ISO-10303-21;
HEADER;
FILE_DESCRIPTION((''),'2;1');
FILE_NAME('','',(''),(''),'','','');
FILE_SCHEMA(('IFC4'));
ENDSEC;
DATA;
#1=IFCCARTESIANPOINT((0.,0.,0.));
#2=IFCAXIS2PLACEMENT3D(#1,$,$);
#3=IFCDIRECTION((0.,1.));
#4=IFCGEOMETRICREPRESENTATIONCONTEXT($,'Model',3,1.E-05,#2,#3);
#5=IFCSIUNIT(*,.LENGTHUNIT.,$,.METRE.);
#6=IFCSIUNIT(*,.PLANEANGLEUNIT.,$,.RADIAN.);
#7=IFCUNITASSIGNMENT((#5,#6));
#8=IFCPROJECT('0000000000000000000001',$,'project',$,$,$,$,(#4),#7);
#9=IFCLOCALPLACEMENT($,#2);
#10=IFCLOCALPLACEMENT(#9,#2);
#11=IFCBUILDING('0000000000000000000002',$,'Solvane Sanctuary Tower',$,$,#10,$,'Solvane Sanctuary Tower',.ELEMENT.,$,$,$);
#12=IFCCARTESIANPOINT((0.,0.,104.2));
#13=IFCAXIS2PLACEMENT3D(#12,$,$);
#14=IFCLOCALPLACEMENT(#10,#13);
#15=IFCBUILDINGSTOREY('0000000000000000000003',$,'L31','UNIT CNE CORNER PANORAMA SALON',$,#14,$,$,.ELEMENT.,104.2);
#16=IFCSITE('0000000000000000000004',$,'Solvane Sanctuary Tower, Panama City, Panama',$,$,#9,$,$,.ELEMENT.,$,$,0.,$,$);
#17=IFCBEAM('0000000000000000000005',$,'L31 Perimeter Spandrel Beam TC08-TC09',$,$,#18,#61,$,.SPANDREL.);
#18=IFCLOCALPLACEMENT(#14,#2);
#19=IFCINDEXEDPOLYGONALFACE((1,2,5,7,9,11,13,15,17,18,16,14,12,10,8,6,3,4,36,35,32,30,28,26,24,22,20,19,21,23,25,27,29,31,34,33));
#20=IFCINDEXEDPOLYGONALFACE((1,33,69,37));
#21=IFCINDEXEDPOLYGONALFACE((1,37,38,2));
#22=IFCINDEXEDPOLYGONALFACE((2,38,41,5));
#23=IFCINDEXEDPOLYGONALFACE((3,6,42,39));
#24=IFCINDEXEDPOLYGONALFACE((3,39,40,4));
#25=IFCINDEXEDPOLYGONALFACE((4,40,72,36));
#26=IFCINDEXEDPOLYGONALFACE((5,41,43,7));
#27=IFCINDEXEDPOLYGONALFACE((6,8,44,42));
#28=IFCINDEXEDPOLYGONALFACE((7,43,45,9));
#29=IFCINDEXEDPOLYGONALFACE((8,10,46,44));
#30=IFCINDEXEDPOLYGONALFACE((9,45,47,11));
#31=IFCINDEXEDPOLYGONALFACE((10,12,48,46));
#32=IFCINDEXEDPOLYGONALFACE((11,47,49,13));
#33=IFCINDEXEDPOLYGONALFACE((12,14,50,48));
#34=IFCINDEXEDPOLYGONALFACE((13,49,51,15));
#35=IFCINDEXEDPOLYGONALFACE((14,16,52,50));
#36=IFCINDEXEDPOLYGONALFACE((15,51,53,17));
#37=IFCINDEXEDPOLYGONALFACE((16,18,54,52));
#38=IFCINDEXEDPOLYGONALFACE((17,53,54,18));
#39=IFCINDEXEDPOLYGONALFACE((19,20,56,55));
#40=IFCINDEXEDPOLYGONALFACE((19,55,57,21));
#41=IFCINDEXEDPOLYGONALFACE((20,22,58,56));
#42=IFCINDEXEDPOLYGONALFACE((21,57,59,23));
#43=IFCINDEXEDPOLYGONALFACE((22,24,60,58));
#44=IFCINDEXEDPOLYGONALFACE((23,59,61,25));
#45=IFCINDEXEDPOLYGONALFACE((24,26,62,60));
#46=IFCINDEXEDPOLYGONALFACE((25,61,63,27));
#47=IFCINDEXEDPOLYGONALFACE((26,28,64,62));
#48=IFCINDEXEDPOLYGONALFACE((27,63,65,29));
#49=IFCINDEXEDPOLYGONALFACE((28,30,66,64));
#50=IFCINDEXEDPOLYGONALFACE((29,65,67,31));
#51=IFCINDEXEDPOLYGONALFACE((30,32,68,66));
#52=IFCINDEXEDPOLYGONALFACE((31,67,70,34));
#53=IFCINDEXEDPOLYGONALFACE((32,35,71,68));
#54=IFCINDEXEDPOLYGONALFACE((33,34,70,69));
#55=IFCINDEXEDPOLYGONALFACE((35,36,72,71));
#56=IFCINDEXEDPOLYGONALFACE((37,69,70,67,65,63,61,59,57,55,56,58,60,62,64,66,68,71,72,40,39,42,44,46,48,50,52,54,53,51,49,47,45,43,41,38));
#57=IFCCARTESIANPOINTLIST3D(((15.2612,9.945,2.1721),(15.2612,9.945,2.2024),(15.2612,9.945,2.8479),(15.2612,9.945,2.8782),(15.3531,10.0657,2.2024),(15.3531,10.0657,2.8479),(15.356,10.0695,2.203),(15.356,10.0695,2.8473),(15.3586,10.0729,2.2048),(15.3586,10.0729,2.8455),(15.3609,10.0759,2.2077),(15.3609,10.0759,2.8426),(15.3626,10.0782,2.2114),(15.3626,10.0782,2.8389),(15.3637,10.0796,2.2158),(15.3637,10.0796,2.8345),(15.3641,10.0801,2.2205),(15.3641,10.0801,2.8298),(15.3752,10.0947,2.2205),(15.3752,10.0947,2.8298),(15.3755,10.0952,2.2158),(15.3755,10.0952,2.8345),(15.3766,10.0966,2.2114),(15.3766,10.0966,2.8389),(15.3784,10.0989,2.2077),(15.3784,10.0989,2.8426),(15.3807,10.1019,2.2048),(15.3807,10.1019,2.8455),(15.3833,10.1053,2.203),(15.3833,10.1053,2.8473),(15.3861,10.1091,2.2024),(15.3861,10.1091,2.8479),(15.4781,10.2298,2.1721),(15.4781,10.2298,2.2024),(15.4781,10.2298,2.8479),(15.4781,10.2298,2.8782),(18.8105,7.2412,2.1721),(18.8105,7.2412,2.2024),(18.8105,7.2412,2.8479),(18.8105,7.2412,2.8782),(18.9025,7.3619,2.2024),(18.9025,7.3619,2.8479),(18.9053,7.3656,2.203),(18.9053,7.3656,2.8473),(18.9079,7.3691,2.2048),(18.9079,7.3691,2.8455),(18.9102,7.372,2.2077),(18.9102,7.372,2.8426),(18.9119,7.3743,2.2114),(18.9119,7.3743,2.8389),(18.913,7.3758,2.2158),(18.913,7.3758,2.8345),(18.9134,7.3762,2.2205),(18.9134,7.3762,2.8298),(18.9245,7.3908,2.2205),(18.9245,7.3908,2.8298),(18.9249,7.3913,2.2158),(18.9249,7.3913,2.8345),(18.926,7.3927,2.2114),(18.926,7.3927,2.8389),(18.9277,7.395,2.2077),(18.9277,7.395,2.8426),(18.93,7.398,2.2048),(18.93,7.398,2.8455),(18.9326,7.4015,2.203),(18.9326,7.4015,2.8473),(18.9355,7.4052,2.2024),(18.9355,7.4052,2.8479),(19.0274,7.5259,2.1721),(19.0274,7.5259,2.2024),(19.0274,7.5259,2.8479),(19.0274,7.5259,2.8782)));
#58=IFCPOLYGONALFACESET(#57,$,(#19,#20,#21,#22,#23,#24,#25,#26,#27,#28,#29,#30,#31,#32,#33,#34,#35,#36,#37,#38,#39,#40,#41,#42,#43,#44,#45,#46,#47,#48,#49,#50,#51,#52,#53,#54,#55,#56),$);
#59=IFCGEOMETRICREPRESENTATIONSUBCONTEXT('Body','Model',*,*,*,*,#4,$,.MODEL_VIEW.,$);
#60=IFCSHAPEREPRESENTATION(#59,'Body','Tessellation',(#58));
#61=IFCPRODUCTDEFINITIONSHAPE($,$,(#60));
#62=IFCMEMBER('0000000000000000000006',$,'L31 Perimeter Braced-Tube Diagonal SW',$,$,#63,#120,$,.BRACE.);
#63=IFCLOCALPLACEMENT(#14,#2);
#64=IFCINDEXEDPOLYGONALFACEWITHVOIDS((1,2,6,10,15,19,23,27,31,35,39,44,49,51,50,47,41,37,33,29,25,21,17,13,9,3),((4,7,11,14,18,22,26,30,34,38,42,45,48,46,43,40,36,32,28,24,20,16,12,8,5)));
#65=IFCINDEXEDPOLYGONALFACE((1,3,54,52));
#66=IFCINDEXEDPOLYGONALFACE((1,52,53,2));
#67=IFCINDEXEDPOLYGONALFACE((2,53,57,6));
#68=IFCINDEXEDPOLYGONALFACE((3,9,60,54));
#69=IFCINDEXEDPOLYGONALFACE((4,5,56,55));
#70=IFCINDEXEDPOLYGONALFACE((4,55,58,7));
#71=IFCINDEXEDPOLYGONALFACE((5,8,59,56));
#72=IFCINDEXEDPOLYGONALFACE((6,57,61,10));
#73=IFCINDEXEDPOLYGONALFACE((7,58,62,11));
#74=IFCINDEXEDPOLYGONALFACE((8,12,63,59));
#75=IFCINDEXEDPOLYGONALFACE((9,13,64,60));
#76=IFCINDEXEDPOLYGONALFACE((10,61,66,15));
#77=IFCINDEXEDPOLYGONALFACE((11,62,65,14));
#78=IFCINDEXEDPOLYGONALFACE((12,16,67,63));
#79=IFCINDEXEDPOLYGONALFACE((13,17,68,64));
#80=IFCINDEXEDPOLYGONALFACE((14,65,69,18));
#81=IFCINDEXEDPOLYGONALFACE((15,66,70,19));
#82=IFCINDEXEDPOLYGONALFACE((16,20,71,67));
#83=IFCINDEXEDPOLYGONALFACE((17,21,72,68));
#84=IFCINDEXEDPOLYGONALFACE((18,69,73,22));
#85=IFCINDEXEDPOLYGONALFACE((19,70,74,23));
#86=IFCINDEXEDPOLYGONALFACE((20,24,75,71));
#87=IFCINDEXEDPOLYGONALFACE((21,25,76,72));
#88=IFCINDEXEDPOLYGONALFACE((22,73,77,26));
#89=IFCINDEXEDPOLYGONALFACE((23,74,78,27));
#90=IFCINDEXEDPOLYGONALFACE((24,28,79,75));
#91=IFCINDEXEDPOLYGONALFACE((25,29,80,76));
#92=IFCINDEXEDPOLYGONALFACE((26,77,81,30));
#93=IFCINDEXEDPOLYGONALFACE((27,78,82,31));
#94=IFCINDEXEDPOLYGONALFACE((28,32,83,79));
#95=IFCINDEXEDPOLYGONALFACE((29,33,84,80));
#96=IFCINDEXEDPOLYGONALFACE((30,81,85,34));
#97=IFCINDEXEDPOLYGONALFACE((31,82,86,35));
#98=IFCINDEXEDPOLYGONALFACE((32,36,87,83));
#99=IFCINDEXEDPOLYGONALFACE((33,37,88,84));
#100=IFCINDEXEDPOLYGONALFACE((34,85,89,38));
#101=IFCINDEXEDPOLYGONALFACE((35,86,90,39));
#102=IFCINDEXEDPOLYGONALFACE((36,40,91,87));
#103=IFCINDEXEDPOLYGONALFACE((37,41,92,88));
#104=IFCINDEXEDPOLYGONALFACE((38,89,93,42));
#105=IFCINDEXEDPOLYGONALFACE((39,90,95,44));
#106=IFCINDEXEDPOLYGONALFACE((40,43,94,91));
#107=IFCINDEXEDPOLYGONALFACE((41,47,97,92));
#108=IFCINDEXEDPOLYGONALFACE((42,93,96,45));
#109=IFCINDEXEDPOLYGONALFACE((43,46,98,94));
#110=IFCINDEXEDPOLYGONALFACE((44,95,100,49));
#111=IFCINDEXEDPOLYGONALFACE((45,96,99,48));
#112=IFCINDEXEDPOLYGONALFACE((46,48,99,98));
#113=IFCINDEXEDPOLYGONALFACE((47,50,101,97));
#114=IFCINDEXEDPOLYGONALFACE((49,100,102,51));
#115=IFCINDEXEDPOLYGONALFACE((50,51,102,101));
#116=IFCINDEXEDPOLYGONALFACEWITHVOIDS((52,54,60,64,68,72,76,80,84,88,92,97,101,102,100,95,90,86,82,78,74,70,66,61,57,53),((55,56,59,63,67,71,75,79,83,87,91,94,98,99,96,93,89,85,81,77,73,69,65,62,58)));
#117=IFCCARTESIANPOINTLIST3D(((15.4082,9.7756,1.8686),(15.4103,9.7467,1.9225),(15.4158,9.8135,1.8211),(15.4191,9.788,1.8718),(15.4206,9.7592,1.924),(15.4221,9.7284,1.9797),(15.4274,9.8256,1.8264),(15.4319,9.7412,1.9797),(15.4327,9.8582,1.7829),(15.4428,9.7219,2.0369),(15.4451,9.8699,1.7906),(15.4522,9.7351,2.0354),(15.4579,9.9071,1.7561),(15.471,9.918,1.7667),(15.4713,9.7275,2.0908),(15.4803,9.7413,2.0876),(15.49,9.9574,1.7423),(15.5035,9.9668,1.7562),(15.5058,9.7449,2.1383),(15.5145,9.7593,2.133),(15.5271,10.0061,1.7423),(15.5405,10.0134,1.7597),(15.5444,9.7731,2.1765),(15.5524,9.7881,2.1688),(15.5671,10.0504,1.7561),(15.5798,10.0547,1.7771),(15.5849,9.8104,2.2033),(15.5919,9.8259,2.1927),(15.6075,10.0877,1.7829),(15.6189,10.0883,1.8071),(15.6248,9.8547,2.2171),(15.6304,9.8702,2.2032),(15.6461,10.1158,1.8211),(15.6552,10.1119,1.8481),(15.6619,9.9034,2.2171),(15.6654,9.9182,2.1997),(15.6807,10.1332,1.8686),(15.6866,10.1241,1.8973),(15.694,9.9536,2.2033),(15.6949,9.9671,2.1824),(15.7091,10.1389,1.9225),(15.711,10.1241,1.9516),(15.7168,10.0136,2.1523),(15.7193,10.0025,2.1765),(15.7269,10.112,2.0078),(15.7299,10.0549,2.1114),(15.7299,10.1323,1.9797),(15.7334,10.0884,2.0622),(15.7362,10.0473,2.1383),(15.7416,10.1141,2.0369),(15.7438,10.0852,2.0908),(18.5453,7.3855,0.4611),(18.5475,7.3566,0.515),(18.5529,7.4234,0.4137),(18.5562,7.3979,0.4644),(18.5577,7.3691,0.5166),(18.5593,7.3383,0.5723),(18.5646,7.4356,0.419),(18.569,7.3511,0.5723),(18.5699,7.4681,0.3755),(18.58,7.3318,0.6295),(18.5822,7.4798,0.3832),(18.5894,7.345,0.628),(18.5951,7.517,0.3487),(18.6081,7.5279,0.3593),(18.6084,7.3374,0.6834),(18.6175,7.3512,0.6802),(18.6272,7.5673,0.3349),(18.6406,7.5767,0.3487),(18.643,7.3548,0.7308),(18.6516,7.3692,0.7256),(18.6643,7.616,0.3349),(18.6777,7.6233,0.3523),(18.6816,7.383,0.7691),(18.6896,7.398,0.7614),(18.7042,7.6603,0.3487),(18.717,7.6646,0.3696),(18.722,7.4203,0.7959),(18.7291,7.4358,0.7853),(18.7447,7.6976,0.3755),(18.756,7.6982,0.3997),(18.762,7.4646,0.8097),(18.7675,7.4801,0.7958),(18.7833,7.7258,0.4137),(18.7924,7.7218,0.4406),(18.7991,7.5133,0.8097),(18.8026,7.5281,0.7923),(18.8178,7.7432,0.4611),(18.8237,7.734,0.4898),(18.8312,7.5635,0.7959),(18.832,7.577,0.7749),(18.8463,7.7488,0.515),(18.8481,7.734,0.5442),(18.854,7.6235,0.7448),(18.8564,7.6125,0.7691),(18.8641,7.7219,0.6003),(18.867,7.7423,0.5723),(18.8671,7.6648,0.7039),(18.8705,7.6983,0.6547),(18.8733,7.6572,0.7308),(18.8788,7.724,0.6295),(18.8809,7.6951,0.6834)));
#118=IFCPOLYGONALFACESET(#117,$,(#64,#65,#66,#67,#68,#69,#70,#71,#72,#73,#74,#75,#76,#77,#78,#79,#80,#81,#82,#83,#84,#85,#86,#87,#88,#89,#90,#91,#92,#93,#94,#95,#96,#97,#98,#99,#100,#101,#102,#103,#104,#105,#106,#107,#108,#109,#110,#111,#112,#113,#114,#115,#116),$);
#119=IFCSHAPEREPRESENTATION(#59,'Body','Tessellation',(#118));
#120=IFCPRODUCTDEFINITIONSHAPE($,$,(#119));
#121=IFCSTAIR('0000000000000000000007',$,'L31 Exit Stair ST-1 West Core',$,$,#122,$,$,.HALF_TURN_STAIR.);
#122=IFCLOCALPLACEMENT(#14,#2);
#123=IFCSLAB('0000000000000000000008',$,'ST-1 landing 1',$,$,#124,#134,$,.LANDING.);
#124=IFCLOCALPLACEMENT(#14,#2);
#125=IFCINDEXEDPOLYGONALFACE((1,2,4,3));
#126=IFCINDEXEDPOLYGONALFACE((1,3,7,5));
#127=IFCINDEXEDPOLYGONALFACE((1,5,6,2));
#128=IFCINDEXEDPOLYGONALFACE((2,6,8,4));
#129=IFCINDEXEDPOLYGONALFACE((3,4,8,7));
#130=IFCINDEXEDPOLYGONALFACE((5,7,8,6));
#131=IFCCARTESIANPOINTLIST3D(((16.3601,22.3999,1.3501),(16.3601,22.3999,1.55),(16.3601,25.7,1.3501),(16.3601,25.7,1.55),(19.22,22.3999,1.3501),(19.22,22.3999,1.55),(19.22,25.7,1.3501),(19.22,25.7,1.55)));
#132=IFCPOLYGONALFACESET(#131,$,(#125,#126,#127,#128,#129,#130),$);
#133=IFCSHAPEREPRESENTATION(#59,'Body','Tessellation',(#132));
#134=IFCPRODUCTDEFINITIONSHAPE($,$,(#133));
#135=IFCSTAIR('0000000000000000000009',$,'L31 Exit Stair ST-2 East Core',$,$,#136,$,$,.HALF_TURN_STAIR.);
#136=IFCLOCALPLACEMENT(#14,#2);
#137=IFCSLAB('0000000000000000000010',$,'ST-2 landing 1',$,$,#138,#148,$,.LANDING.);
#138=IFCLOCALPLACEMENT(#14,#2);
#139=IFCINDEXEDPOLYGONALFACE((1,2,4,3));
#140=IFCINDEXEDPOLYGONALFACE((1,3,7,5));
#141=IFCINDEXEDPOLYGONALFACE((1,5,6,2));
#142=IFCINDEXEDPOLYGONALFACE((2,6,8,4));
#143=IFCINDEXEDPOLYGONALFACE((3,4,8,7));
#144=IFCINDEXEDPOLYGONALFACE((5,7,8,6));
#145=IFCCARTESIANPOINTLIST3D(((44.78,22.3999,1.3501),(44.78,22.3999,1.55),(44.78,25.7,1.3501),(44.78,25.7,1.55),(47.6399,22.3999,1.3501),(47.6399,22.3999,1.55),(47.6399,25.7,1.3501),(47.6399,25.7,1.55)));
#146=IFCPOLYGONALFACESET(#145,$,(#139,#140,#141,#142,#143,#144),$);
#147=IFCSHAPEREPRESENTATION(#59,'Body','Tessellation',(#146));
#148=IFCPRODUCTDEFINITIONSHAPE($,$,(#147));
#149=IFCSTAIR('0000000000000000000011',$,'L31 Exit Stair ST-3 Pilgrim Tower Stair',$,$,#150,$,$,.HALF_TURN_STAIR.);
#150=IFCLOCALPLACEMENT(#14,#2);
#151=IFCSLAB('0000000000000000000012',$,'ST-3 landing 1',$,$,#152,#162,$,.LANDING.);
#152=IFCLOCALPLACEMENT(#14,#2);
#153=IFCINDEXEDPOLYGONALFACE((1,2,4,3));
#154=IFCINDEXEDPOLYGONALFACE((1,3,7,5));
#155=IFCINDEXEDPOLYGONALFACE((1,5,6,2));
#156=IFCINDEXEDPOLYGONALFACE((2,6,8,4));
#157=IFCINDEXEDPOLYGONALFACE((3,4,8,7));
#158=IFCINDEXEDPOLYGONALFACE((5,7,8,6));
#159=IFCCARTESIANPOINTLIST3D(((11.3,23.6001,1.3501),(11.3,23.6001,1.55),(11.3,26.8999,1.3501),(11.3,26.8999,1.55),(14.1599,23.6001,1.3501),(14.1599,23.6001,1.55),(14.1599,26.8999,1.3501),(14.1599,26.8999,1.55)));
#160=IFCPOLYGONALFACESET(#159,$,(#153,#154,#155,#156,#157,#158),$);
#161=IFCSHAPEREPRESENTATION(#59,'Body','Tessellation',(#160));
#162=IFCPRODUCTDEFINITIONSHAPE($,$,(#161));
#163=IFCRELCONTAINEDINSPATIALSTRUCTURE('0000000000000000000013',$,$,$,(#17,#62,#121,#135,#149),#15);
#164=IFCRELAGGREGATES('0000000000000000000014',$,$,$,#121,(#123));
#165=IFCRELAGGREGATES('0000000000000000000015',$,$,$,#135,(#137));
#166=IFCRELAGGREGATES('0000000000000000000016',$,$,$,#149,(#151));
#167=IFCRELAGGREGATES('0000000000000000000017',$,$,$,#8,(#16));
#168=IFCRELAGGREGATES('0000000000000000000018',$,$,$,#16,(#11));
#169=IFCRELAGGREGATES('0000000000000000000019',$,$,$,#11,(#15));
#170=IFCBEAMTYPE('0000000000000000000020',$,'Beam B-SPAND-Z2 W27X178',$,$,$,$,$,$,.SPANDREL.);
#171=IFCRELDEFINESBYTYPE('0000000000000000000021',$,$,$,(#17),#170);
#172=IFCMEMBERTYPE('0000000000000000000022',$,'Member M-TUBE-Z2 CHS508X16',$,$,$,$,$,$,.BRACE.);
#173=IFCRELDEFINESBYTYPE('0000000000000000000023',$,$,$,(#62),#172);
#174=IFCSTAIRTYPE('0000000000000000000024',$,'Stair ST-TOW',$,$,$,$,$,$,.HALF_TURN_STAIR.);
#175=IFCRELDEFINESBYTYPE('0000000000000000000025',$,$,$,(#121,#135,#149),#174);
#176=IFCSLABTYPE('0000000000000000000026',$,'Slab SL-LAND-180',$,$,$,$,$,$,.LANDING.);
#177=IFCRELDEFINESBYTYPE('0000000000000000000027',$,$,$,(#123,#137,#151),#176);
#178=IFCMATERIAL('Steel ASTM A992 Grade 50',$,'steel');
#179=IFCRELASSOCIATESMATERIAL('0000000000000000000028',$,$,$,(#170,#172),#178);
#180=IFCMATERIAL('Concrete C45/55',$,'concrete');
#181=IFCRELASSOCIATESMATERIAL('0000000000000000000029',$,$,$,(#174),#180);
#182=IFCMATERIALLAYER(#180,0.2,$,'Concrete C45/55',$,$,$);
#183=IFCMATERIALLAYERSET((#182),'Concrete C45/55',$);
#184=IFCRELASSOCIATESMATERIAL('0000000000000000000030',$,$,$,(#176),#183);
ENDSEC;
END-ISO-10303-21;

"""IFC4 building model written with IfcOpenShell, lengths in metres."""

from ifc_helpers import new_model, si_unit, direction, frame, origin, origin_2d, place, context, subcontext, project, spatial, polyline, hollow_circle, i_section, outline, extrude, material, layer, layer_set, material_profile, profile_set, type_object, element, aggregate, save


model = new_model("IFC4")

# Units and contexts
model_context = context("Model", 3, precision=1e-05, world=origin(), true_north=direction((0.0, 1.0)))
body_context = subcontext(model_context, "Body", "Model", "MODEL_VIEW")
ifc_project = project(units=[si_unit("LENGTHUNIT", "METRE"), si_unit("PLANEANGLEUNIT", "RADIAN")], contexts=[model_context])

# Site, building, storey
site_placement = place(None, origin())
site = spatial("IfcSite", under=ifc_project, at=site_placement, Name="Solvane Sanctuary Tower, Panama City, Panama", CompositionType="ELEMENT", RefElevation=0.0)
building_placement = place(site_placement, origin())
building = spatial("IfcBuilding", under=site, at=building_placement, Name="Solvane Sanctuary Tower", LongName="Solvane Sanctuary Tower", CompositionType="ELEMENT")
storey_placement = place(building_placement, frame((0.0, 0.0, 104.2)))
storey = spatial("IfcBuildingStorey", under=building, at=storey_placement, Name="L31", Description="UNIT CNE CORNER PANORAMA SALON", CompositionType="ELEMENT", Elevation=104.2)

# Beam
ifc_material_1 = material(Name="Steel ASTM A992 Grade 50", Category="steel")
ifc_material_profile_1 = material_profile(ifc_material_1, i_section(OverallWidth=0.3579, OverallDepth=0.7061, WebThickness=0.0183, FlangeThickness=0.0303, FilletRadius=0.0181, at=origin_2d()), Name="W27X178")
ifc_profile_set_1 = profile_set([ifc_material_profile_1], Name="Steel ASTM A992 Grade 50")
beam_type = type_object("IfcBeamType", Name="Beam B-SPAND-Z2 W27X178", PredefinedType="SPANDREL", material=ifc_profile_set_1)
beam_placement = place(storey_placement, frame((15.3696, 10.0874, 2.5251), z_axis=(0.795473, -0.605989, 0.0), x_axis=(0.605989, 0.795473, 0.0)))
element("IfcBeam", 1, at=beam_placement, inside=storey, type_object=beam_type, Name="L31 Perimeter Spandrel Beam TC08-TC09", PredefinedType="SPANDREL", context=body_context, shape_type="SweptSolid", body=[
    extrude(i_section(OverallWidth=0.3579, OverallDepth=0.7061, WebThickness=0.0183, FlangeThickness=0.0303, FilletRadius=0.0181, at=origin_2d()), origin(), (0.0, 0.0, 1.0), 4.4619),
])

# Member
ifc_material_profile_2 = material_profile(ifc_material_1, hollow_circle(Radius=0.2539, WallThickness=0.0161, at=origin_2d()), Name="CHS508X16")
ifc_profile_set_2 = profile_set([ifc_material_profile_2], Name="Steel ASTM A992 Grade 50")
member_type = type_object("IfcMemberType", Name="Member M-TUBE-Z2 CHS508X16", PredefinedType="BRACE", material=ifc_profile_set_2)
member_placement = place(storey_placement, frame((18.7131, 7.5403, 0.5723), z_axis=(-0.74917, 0.570769, 0.336106), x_axis=(-0.606025, -0.795446, 0.0)))
element("IfcMember", 2, at=member_placement, inside=storey, type_object=member_type, Name="L31 Perimeter Braced-Tube Diagonal SW", PredefinedType="BRACE", context=body_context, shape_type="SweptSolid", body=[
    extrude(hollow_circle(Radius=0.2539, WallThickness=0.0161, at=origin_2d()), origin(), (0.0, 0.0, 1.0), 4.1875),
])

# Stairs, slabs
ifc_material_2 = material(Name="Concrete C45/55", Category="concrete")
stair_type = type_object("IfcStairType", Name="Stair ST-TOW", PredefinedType="HALF_TURN_STAIR", material=ifc_material_2)
stair_1_placement = place(storey_placement, origin())
stair_1 = element("IfcStair", 3, at=stair_1_placement, inside=storey, type_object=stair_type, Name="L31 Exit Stair ST-1 West Core", PredefinedType="HALF_TURN_STAIR")
ifc_layer_1 = layer(ifc_material_2, 0.2, Name="Concrete C45/55")
ifc_layer_set_1 = layer_set([ifc_layer_1], Name="Concrete C45/55")
slab_type_1 = type_object("IfcSlabType", Name="Slab SL-LAND-180", PredefinedType="LANDING", material=ifc_layer_set_1)
slab_1_placement = place(storey_placement, frame((0.0, 0.0, 1.3501)))
slab_1 = element("IfcSlab", 4, at=slab_1_placement, type_object=slab_type_1, Name="ST-1 landing 1", PredefinedType="LANDING", context=body_context, shape_type="SweptSolid", body=[
    extrude(outline(polyline([(19.22, 22.3999), (19.22, 25.7), (16.3601, 25.7), (16.3601, 22.3999), (19.22, 22.3999)])), origin(), (0.0, 0.0, 1.0), 0.2),
])
aggregate(stair_1, [slab_1])
stair_2_placement = place(storey_placement, origin())
stair_2 = element("IfcStair", 5, at=stair_2_placement, inside=storey, type_object=stair_type, Name="L31 Exit Stair ST-2 East Core", PredefinedType="HALF_TURN_STAIR")
slab_2_placement = place(storey_placement, frame((0.0, 0.0, 1.3501)))
slab_2 = element("IfcSlab", 6, at=slab_2_placement, type_object=slab_type_1, Name="ST-2 landing 1", PredefinedType="LANDING", context=body_context, shape_type="SweptSolid", body=[
    extrude(outline(polyline([(47.6399, 22.3999), (47.6399, 25.7), (44.78, 25.7), (44.78, 22.3999), (47.6399, 22.3999)])), origin(), (0.0, 0.0, 1.0), 0.2),
])
aggregate(stair_2, [slab_2])
stair_3_placement = place(storey_placement, origin())
stair_3 = element("IfcStair", 7, at=stair_3_placement, inside=storey, type_object=stair_type, Name="L31 Exit Stair ST-3 Pilgrim Tower Stair", PredefinedType="HALF_TURN_STAIR")
slab_3_placement = place(storey_placement, frame((0.0, 0.0, 1.3501)))
slab_3 = element("IfcSlab", 8, at=slab_3_placement, type_object=slab_type_1, Name="ST-3 landing 1", PredefinedType="LANDING", context=body_context, shape_type="SweptSolid", body=[
    extrude(outline(polyline([(14.1599, 23.6001), (14.1599, 26.8999), (11.3, 26.8999), (11.3, 23.6001), (14.1599, 23.6001)])), origin(), (0.0, 0.0, 1.0), 0.2),
])
aggregate(stair_3, [slab_3])

save(model, "model.ifc")
